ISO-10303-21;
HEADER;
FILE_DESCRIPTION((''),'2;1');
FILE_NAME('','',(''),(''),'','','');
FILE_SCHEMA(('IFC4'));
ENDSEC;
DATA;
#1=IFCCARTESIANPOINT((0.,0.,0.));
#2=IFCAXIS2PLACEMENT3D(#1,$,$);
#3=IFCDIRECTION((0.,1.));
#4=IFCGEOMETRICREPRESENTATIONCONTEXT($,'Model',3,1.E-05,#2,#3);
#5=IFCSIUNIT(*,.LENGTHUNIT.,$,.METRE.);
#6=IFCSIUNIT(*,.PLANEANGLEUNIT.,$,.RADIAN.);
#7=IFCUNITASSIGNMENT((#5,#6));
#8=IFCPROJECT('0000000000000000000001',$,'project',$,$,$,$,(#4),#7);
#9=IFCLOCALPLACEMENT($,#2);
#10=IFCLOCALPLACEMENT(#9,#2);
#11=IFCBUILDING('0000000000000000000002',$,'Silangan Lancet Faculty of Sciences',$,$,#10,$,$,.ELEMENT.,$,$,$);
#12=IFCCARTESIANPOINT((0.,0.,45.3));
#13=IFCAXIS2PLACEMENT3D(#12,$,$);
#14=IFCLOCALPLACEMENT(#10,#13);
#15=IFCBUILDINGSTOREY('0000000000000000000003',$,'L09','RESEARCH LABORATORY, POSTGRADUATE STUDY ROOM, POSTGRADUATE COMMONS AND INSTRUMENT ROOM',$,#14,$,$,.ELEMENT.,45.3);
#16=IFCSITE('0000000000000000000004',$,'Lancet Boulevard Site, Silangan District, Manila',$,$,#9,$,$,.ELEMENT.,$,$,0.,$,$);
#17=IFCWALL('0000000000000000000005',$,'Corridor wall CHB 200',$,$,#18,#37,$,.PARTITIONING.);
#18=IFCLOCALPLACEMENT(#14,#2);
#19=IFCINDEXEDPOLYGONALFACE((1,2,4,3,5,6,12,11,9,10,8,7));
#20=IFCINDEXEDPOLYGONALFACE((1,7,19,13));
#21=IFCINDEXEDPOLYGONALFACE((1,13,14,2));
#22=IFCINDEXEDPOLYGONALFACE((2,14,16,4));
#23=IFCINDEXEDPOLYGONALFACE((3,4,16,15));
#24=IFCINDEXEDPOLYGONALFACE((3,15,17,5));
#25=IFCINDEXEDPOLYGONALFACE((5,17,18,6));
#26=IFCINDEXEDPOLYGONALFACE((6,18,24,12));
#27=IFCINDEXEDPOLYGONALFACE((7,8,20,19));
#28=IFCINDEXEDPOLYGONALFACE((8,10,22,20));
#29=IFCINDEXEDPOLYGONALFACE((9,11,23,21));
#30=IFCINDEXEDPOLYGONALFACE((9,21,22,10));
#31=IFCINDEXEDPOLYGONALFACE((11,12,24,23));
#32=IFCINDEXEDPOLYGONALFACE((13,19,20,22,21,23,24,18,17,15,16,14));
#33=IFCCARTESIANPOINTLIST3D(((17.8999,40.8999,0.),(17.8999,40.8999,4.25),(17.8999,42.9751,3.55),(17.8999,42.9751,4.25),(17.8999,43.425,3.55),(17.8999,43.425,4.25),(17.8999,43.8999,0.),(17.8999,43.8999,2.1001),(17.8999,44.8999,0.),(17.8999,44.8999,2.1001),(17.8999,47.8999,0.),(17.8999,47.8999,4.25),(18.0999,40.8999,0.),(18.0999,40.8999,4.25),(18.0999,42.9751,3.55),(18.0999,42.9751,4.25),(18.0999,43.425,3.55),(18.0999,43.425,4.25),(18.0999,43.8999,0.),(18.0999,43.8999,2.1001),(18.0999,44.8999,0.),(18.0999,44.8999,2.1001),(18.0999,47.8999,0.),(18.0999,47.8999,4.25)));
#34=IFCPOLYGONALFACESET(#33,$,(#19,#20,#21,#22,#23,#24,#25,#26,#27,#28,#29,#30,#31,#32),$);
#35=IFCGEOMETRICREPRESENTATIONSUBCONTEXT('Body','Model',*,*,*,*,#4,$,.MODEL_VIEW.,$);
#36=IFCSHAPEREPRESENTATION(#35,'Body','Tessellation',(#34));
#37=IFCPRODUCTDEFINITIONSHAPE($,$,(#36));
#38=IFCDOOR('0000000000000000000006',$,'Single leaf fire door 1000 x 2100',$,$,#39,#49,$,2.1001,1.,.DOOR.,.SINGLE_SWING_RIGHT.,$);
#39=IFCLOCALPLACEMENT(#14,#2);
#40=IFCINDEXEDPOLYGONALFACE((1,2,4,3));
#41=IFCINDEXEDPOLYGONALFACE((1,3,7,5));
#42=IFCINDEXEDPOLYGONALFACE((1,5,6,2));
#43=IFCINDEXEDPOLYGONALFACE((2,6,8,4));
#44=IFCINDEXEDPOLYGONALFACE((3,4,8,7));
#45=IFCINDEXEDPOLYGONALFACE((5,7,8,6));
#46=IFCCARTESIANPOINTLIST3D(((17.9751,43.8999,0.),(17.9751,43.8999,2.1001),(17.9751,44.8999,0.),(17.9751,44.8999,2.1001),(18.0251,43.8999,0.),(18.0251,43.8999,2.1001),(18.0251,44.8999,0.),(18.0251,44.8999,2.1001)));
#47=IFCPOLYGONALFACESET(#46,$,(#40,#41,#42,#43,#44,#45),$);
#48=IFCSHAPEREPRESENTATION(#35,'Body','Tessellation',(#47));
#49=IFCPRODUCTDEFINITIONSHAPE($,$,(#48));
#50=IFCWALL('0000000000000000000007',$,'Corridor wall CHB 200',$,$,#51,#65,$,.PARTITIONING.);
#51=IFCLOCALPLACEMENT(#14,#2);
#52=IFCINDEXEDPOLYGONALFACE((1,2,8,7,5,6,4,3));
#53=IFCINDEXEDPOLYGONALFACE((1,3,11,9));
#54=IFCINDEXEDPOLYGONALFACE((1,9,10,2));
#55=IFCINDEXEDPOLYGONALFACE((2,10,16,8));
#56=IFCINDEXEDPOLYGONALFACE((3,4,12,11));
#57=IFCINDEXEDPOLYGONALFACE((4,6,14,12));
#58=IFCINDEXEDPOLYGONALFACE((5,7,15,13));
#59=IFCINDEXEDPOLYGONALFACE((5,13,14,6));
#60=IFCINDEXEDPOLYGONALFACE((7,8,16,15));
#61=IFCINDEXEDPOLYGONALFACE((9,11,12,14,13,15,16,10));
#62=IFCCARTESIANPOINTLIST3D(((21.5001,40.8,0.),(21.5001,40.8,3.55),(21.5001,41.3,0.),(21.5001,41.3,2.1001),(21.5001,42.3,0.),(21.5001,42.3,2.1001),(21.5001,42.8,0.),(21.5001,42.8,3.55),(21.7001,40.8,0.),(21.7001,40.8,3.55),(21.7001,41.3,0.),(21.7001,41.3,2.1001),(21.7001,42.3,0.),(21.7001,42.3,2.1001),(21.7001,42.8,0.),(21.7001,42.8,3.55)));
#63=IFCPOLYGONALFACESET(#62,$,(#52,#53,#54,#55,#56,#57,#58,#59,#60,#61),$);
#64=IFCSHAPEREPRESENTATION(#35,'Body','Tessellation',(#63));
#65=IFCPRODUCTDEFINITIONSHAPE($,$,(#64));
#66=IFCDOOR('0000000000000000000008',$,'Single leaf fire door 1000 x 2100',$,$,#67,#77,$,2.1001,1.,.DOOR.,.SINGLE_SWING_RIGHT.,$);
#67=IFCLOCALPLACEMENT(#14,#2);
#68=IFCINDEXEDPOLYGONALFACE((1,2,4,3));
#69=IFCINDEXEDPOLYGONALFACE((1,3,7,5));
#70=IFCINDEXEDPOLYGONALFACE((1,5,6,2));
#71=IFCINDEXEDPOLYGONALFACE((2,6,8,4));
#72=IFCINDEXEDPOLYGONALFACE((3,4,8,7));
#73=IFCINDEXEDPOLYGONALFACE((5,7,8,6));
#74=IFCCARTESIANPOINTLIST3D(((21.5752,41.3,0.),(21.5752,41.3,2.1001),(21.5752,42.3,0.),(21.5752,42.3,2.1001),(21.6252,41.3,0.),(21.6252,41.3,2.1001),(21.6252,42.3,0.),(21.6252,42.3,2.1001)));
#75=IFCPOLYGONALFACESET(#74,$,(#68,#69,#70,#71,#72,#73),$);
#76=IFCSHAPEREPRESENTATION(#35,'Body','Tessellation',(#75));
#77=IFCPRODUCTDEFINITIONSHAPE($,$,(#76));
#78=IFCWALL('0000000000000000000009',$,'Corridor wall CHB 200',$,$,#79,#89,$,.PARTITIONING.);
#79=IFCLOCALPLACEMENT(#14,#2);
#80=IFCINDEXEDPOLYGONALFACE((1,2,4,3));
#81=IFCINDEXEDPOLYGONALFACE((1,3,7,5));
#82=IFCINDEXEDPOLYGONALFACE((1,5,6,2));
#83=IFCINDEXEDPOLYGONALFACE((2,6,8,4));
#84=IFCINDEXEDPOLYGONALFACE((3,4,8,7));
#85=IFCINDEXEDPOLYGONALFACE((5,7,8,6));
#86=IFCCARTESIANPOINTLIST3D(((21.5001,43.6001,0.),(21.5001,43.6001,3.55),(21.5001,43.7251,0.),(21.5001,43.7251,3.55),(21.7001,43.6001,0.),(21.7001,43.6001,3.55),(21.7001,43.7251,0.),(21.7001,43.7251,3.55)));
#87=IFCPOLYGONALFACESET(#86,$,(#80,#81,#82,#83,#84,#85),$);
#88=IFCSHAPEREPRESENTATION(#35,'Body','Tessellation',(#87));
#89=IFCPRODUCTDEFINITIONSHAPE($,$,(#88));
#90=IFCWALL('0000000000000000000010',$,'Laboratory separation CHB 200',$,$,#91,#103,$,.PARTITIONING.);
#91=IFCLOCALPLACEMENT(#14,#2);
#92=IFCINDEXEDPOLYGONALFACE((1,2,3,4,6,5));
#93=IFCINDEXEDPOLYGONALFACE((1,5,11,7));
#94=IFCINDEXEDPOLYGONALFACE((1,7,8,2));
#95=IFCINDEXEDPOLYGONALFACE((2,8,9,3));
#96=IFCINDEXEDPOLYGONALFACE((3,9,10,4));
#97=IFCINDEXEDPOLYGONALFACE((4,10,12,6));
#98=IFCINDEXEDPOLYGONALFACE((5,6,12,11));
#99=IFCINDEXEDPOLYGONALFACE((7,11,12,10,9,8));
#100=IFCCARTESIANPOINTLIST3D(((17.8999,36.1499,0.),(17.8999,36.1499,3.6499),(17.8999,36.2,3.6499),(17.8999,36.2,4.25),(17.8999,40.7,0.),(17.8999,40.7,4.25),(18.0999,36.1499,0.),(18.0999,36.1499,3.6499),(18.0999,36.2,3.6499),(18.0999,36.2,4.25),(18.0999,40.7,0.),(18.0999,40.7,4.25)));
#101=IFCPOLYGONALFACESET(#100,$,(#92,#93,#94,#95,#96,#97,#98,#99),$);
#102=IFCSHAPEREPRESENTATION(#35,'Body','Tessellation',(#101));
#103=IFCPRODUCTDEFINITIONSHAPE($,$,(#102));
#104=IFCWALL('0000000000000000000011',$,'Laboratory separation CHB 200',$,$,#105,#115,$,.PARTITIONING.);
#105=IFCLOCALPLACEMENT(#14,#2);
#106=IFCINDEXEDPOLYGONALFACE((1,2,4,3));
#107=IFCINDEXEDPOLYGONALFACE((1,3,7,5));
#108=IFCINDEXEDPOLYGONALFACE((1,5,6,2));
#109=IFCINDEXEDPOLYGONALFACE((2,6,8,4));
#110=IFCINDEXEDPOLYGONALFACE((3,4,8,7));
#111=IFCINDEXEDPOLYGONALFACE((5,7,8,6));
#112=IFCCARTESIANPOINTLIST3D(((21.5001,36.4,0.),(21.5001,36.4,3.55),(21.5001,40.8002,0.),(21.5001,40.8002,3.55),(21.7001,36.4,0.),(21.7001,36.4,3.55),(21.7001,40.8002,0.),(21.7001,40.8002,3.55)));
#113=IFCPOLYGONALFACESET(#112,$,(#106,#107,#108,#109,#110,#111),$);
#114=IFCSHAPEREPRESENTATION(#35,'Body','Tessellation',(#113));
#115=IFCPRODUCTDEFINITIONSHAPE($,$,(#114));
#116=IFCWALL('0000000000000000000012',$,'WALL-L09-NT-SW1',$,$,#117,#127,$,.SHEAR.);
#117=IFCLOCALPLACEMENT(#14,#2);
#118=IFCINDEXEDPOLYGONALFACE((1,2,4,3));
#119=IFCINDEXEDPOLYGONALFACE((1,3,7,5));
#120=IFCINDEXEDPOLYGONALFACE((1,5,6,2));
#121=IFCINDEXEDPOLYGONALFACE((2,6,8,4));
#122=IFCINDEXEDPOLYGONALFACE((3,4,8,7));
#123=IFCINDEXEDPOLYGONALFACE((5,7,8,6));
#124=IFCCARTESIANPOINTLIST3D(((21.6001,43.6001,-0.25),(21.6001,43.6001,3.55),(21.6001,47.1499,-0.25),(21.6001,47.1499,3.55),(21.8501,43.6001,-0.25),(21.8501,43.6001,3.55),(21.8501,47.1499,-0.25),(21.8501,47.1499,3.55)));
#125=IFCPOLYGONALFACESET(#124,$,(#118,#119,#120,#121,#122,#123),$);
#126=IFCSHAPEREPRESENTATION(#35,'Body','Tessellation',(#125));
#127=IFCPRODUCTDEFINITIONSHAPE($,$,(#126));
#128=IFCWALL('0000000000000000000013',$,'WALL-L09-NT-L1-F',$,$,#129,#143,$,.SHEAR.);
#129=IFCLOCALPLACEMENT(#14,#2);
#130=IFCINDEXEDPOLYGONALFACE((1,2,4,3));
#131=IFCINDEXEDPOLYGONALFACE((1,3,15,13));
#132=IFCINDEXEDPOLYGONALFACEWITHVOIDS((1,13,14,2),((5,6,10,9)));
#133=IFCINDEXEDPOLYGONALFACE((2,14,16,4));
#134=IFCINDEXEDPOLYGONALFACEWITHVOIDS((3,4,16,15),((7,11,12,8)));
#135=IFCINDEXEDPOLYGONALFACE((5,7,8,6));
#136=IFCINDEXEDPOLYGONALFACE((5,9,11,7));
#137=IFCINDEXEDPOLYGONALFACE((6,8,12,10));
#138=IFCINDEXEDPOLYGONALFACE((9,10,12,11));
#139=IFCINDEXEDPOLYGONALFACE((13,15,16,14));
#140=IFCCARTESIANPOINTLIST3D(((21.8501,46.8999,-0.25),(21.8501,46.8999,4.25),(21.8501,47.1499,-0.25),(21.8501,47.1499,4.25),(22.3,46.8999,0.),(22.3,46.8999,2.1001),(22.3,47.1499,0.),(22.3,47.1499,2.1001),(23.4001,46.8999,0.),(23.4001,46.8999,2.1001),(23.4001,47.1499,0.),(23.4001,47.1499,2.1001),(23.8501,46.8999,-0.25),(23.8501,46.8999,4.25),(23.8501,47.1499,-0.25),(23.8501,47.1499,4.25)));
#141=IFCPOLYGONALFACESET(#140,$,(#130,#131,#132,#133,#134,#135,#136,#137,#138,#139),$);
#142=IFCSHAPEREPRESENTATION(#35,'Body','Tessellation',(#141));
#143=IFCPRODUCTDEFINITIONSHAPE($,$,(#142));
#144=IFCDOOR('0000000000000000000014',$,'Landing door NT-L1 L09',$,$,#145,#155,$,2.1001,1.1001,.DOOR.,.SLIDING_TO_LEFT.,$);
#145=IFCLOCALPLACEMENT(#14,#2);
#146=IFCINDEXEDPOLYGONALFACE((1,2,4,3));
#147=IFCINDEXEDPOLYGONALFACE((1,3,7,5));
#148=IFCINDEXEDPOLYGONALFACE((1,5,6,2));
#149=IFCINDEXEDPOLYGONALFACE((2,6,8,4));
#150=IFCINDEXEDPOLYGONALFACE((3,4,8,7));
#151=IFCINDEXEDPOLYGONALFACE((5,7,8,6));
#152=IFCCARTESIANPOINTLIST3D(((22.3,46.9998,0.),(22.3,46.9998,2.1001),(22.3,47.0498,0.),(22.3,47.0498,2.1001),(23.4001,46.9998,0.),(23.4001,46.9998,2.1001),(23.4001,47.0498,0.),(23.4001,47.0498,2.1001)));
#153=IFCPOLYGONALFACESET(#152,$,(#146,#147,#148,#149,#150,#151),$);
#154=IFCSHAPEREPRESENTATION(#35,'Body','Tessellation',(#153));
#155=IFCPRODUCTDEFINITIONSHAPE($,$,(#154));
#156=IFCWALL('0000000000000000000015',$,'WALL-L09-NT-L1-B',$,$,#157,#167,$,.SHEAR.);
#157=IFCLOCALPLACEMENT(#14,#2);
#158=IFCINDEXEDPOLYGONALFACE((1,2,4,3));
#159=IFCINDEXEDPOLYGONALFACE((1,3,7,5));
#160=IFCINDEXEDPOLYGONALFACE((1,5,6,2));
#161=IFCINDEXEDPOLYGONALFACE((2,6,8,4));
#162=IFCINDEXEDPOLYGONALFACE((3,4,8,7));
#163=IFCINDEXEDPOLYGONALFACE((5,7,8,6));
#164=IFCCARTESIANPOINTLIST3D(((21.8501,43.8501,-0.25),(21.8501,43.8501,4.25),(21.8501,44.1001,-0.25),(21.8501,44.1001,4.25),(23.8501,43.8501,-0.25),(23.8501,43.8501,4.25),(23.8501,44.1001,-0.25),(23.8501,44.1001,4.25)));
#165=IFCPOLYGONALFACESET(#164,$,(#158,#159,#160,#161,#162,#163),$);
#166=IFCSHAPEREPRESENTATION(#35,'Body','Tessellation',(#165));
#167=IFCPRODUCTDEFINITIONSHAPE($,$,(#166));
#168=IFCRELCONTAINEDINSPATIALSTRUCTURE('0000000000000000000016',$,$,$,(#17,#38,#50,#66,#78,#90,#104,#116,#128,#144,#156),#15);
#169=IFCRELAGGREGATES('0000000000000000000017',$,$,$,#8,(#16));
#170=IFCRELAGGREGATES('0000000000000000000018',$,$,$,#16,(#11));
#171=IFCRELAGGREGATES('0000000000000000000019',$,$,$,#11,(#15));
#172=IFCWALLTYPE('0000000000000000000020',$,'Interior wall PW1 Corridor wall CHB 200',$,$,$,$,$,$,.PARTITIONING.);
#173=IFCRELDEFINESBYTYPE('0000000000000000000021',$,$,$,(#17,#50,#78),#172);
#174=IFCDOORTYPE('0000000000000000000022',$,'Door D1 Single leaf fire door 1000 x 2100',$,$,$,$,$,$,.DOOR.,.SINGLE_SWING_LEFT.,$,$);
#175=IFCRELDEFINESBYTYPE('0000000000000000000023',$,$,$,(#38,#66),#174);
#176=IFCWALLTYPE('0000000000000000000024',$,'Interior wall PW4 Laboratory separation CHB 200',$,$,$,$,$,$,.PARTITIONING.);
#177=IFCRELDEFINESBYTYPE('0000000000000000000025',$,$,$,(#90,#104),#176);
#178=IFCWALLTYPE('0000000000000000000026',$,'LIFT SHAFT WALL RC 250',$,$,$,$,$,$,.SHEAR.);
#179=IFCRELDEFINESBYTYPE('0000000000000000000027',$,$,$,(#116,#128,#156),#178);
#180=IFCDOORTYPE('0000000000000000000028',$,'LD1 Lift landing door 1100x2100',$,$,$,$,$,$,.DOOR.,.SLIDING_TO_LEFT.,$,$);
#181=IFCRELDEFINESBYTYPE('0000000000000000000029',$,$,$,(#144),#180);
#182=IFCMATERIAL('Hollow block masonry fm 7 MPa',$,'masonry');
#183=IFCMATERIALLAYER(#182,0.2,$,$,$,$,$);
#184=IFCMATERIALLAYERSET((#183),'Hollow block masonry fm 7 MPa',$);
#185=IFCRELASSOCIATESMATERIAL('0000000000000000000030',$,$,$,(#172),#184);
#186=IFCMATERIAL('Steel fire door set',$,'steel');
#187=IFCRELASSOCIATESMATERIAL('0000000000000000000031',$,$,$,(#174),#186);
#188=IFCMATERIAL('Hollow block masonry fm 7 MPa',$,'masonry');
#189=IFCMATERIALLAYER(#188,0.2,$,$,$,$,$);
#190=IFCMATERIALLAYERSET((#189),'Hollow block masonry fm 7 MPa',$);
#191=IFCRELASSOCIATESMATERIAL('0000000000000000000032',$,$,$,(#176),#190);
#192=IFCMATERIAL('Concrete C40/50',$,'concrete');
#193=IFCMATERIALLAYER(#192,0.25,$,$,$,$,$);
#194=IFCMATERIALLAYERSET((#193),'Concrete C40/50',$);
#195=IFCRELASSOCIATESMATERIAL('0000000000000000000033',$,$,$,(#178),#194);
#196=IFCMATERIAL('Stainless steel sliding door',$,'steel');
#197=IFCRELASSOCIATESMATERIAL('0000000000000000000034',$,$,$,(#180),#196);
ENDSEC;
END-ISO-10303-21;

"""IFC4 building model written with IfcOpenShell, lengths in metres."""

from ifc_helpers import new_model, si_unit, direction, frame, frame_2d, origin, place, context, subcontext, project, spatial, polyline, rectangle, outline, extrude, material, layer, layer_set, type_object, element, fill, save


model = new_model("IFC4")

# Units and contexts
model_context = context("Model", 3, precision=1e-05, world=origin(), true_north=direction((0.0, 1.0)))
body_context = subcontext(model_context, "Body", "Model", "MODEL_VIEW")
ifc_project = project(units=[si_unit("LENGTHUNIT", "METRE"), si_unit("PLANEANGLEUNIT", "RADIAN")], contexts=[model_context])

# Site, building, storey
site_placement = place(None, origin())
site = spatial("IfcSite", under=ifc_project, at=site_placement, Name="Lancet Boulevard Site, Silangan District, Manila", CompositionType="ELEMENT", RefElevation=0.0)
building_placement = place(site_placement, origin())
building = spatial("IfcBuilding", under=site, at=building_placement, Name="Silangan Lancet Faculty of Sciences", CompositionType="ELEMENT")
storey_placement = place(building_placement, frame((0.0, 0.0, 45.3)))
storey = spatial("IfcBuildingStorey", under=building, at=storey_placement, Name="L09", Description="RESEARCH LABORATORY, POSTGRADUATE STUDY ROOM, POSTGRADUATE COMMONS AND INSTRUMENT ROOM", CompositionType="ELEMENT", Elevation=45.3)

# Walls, openings, doors
ifc_material_1 = material(Name="Hollow block masonry fm 7 MPa", Category="masonry")
ifc_layer_1 = layer(ifc_material_1, 0.2)
ifc_layer_set_1 = layer_set([ifc_layer_1], Name="Hollow block masonry fm 7 MPa")
wall_type_1 = type_object("IfcWallType", Name="Interior wall PW1 Corridor wall CHB 200", PredefinedType="PARTITIONING", material=ifc_layer_set_1)
ifc_material_2 = material(Name="Steel fire door set", Category="steel")
door_type_1 = type_object("IfcDoorType", Name="Door D1 Single leaf fire door 1000 x 2100", OperationType="SINGLE_SWING_LEFT", PredefinedType="DOOR", material=ifc_material_2)
wall_1_placement = place(storey_placement, frame((18.0, 40.8999, 0.0), z_axis=(0.0, 0.0, 1.0), x_axis=(0.0, 1.0, 0.0)))
wall_1 = element("IfcWall", 1, at=wall_1_placement, inside=storey, type_object=wall_type_1, Name="Corridor wall CHB 200", PredefinedType="PARTITIONING", context=body_context, shape_type="SweptSolid", body=[
    extrude(outline(polyline([(0.0, 0.0), (7.0, 0.0), (7.0, 4.25), (2.5251, 4.25), (2.5251, 3.55), (2.0752, 3.55), (2.0752, 4.25), (0.0, 4.25), (0.0, 0.0)])), frame((0.0, 0.1001, 0.0), z_axis=(0.0, -1.0, 0.0), x_axis=(1.0, 0.0, 0.0)), (0.0, 0.0, 1.0), 0.2),
])
opening_1_placement = place(wall_1_placement, frame((3.0, 0.0, 0.0)))
opening_1 = element("IfcOpeningElement", 2, at=opening_1_placement, cuts=wall_1, PredefinedType="OPENING", context=body_context, shape_type="SweptSolid", body=[
    extrude(rectangle(XDim=1.0, YDim=2.1001, at=frame_2d((0.5, 1.05))), frame((0.0, 0.1099, 0.0), z_axis=(0.0, -1.0, 0.0), x_axis=(1.0, 0.0, 0.0)), (0.0, 0.0, 1.0), 0.22),
])
door_1_placement = place(opening_1_placement, origin())
door_1 = element("IfcDoor", 3, at=door_1_placement, inside=storey, type_object=door_type_1, Name="Single leaf fire door 1000 x 2100", OperationType="SINGLE_SWING_RIGHT", OverallHeight=2.1001, OverallWidth=1.0, PredefinedType="DOOR", context=body_context, shape_type="SweptSolid", body=[
    extrude(rectangle(XDim=1.0, YDim=2.1001, at=frame_2d((0.5, 1.05))), frame((0.0, 0.0249, 0.0), z_axis=(0.0, -1.0, 0.0), x_axis=(1.0, 0.0, 0.0)), (0.0, 0.0, 1.0), 0.05),
])
fill(opening_1, door_1)
wall_2_placement = place(storey_placement, frame((21.6001, 40.8, 0.0), z_axis=(0.0, 0.0, 1.0), x_axis=(0.0, 1.0, 0.0)))
wall_2 = element("IfcWall", 4, at=wall_2_placement, inside=storey, type_object=wall_type_1, Name="Corridor wall CHB 200", PredefinedType="PARTITIONING", context=body_context, shape_type="SweptSolid", body=[
    extrude(rectangle(XDim=2.0, YDim=0.2, at=frame_2d((1.0, 0.0))), origin(), (0.0, 0.0, 1.0), 3.55),
])
opening_2_placement = place(wall_2_placement, frame((0.5, 0.0, 0.0)))
opening_2 = element("IfcOpeningElement", 5, at=opening_2_placement, cuts=wall_2, PredefinedType="OPENING", context=body_context, shape_type="SweptSolid", body=[
    extrude(rectangle(XDim=1.0, YDim=2.1001, at=frame_2d((0.5, 1.05))), frame((0.0, 0.1099, 0.0), z_axis=(0.0, -1.0, 0.0), x_axis=(1.0, 0.0, 0.0)), (0.0, 0.0, 1.0), 0.22),
])
door_2_placement = place(opening_2_placement, frame((1.0, 0.0, 0.0), z_axis=(0.0, 0.0, 1.0), x_axis=(-1.0, 0.0, 0.0)))
door_2 = element("IfcDoor", 6, at=door_2_placement, inside=storey, type_object=door_type_1, Name="Single leaf fire door 1000 x 2100", OperationType="SINGLE_SWING_RIGHT", OverallHeight=2.1001, OverallWidth=1.0, PredefinedType="DOOR", context=body_context, shape_type="SweptSolid", body=[
    extrude(rectangle(XDim=1.0, YDim=2.1001, at=frame_2d((0.5, 1.05))), frame((0.0, 0.0251, 0.0), z_axis=(0.0, -1.0, 0.0), x_axis=(1.0, 0.0, 0.0)), (0.0, 0.0, 1.0), 0.05),
])
fill(opening_2, door_2)

# Walls
wall_3_placement = place(storey_placement, frame((21.6001, 43.6001, 0.0), z_axis=(0.0, 0.0, 1.0), x_axis=(0.0, 1.0, 0.0)))
element("IfcWall", 7, at=wall_3_placement, inside=storey, type_object=wall_type_1, Name="Corridor wall CHB 200", PredefinedType="PARTITIONING", context=body_context, shape_type="SweptSolid", body=[
    extrude(rectangle(XDim=0.125, YDim=0.2, at=frame_2d((0.0625, 0.0))), origin(), (0.0, 0.0, 1.0), 3.55),
])
ifc_material_3 = material(Name="Hollow block masonry fm 7 MPa", Category="masonry")
ifc_layer_2 = layer(ifc_material_3, 0.2)
ifc_layer_set_2 = layer_set([ifc_layer_2], Name="Hollow block masonry fm 7 MPa")
wall_type_2 = type_object("IfcWallType", Name="Interior wall PW4 Laboratory separation CHB 200", PredefinedType="PARTITIONING", material=ifc_layer_set_2)
wall_4_placement = place(storey_placement, frame((18.0, 36.1499, 0.0), z_axis=(0.0, 0.0, 1.0), x_axis=(0.0, 1.0, 0.0)))
element("IfcWall", 8, at=wall_4_placement, inside=storey, type_object=wall_type_2, Name="Laboratory separation CHB 200", PredefinedType="PARTITIONING", context=body_context, shape_type="SweptSolid", body=[
    extrude(outline(polyline([(0.0, 0.0), (4.55, 0.0), (4.55, 4.25), (0.05, 4.25), (0.05, 3.6499), (0.0, 3.6499), (0.0, 0.0)])), frame((0.0, 0.1001, 0.0), z_axis=(0.0, -1.0, 0.0), x_axis=(1.0, 0.0, 0.0)), (0.0, 0.0, 1.0), 0.2),
])
wall_5_placement = place(storey_placement, frame((21.6001, 36.3999, 0.0), z_axis=(0.0, 0.0, 1.0), x_axis=(0.0, 1.0, 0.0)))
element("IfcWall", 9, at=wall_5_placement, inside=storey, type_object=wall_type_2, Name="Laboratory separation CHB 200", PredefinedType="PARTITIONING", context=body_context, shape_type="SweptSolid", body=[
    extrude(rectangle(XDim=4.4001, YDim=0.2, at=frame_2d((2.2002, 0.0))), origin(), (0.0, 0.0, 1.0), 3.55),
])

# Wall
ifc_material_4 = material(Name="Concrete C40/50", Category="concrete")
ifc_layer_3 = layer(ifc_material_4, 0.25)
ifc_layer_set_3 = layer_set([ifc_layer_3], Name="Concrete C40/50")
wall_type_3 = type_object("IfcWallType", Name="LIFT SHAFT WALL RC 250", PredefinedType="SHEAR", material=ifc_layer_set_3)
wall_6_placement = place(storey_placement, frame((21.7251, 43.6001, -0.25), z_axis=(0.0, 0.0, 1.0), x_axis=(0.0, 1.0, 0.0)))
element("IfcWall", 10, at=wall_6_placement, inside=storey, type_object=wall_type_3, Name="WALL-L09-NT-SW1", PredefinedType="SHEAR", context=body_context, shape_type="SweptSolid", body=[
    extrude(rectangle(XDim=3.5498, YDim=0.25, at=frame_2d((1.7749, 0.0))), origin(), (0.0, 0.0, 1.0), 3.8),
])

# Wall, opening, door
wall_7_placement = place(storey_placement, frame((21.8501, 47.0249, -0.25), z_axis=(0.0, 0.0, 1.0), x_axis=(1.0, 0.0, 0.0)))
wall_7 = element("IfcWall", 11, at=wall_7_placement, inside=storey, type_object=wall_type_3, Name="WALL-L09-NT-L1-F", PredefinedType="SHEAR", context=body_context, shape_type="SweptSolid", body=[
    extrude(rectangle(XDim=2.0, YDim=0.25, at=frame_2d((1.0, 0.0))), origin(), (0.0, 0.0, 1.0), 4.5),
])
opening_3_placement = place(wall_7_placement, frame((0.45, 0.0, 0.25)))
opening_3 = element("IfcOpeningElement", 12, at=opening_3_placement, cuts=wall_7, PredefinedType="OPENING", context=body_context, shape_type="SweptSolid", body=[
    extrude(rectangle(XDim=1.1001, YDim=2.1001, at=frame_2d((0.55, 1.05))), frame((0.0, 0.135, 0.0), z_axis=(0.0, -1.0, 0.0), x_axis=(1.0, 0.0, 0.0)), (0.0, 0.0, 1.0), 0.27),
])
ifc_material_5 = material(Name="Stainless steel sliding door", Category="steel")
door_type_2 = type_object("IfcDoorType", Name="LD1 Lift landing door 1100x2100", OperationType="SLIDING_TO_LEFT", PredefinedType="DOOR", material=ifc_material_5)
door_3_placement = place(opening_3_placement, origin())
door_3 = element("IfcDoor", 13, at=door_3_placement, inside=storey, type_object=door_type_2, Name="Landing door NT-L1 L09", OperationType="SLIDING_TO_LEFT", OverallHeight=2.1001, OverallWidth=1.1001, PredefinedType="DOOR", context=body_context, shape_type="SweptSolid", body=[
    extrude(rectangle(XDim=1.1001, YDim=2.1001, at=frame_2d((0.55, 1.05))), frame((0.0, 0.0249, 0.0), z_axis=(0.0, -1.0, 0.0), x_axis=(1.0, 0.0, 0.0)), (0.0, 0.0, 1.0), 0.05),
])
fill(opening_3, door_3)

# Wall
wall_8_placement = place(storey_placement, frame((21.8501, 43.9751, -0.25), z_axis=(0.0, 0.0, 1.0), x_axis=(1.0, 0.0, 0.0)))
element("IfcWall", 14, at=wall_8_placement, inside=storey, type_object=wall_type_3, Name="WALL-L09-NT-L1-B", PredefinedType="SHEAR", context=body_context, shape_type="SweptSolid", body=[
    extrude(rectangle(XDim=2.0, YDim=0.25, at=frame_2d((1.0, 0.0))), origin(), (0.0, 0.0, 1.0), 4.5),
])

save(model, "model.ifc")
